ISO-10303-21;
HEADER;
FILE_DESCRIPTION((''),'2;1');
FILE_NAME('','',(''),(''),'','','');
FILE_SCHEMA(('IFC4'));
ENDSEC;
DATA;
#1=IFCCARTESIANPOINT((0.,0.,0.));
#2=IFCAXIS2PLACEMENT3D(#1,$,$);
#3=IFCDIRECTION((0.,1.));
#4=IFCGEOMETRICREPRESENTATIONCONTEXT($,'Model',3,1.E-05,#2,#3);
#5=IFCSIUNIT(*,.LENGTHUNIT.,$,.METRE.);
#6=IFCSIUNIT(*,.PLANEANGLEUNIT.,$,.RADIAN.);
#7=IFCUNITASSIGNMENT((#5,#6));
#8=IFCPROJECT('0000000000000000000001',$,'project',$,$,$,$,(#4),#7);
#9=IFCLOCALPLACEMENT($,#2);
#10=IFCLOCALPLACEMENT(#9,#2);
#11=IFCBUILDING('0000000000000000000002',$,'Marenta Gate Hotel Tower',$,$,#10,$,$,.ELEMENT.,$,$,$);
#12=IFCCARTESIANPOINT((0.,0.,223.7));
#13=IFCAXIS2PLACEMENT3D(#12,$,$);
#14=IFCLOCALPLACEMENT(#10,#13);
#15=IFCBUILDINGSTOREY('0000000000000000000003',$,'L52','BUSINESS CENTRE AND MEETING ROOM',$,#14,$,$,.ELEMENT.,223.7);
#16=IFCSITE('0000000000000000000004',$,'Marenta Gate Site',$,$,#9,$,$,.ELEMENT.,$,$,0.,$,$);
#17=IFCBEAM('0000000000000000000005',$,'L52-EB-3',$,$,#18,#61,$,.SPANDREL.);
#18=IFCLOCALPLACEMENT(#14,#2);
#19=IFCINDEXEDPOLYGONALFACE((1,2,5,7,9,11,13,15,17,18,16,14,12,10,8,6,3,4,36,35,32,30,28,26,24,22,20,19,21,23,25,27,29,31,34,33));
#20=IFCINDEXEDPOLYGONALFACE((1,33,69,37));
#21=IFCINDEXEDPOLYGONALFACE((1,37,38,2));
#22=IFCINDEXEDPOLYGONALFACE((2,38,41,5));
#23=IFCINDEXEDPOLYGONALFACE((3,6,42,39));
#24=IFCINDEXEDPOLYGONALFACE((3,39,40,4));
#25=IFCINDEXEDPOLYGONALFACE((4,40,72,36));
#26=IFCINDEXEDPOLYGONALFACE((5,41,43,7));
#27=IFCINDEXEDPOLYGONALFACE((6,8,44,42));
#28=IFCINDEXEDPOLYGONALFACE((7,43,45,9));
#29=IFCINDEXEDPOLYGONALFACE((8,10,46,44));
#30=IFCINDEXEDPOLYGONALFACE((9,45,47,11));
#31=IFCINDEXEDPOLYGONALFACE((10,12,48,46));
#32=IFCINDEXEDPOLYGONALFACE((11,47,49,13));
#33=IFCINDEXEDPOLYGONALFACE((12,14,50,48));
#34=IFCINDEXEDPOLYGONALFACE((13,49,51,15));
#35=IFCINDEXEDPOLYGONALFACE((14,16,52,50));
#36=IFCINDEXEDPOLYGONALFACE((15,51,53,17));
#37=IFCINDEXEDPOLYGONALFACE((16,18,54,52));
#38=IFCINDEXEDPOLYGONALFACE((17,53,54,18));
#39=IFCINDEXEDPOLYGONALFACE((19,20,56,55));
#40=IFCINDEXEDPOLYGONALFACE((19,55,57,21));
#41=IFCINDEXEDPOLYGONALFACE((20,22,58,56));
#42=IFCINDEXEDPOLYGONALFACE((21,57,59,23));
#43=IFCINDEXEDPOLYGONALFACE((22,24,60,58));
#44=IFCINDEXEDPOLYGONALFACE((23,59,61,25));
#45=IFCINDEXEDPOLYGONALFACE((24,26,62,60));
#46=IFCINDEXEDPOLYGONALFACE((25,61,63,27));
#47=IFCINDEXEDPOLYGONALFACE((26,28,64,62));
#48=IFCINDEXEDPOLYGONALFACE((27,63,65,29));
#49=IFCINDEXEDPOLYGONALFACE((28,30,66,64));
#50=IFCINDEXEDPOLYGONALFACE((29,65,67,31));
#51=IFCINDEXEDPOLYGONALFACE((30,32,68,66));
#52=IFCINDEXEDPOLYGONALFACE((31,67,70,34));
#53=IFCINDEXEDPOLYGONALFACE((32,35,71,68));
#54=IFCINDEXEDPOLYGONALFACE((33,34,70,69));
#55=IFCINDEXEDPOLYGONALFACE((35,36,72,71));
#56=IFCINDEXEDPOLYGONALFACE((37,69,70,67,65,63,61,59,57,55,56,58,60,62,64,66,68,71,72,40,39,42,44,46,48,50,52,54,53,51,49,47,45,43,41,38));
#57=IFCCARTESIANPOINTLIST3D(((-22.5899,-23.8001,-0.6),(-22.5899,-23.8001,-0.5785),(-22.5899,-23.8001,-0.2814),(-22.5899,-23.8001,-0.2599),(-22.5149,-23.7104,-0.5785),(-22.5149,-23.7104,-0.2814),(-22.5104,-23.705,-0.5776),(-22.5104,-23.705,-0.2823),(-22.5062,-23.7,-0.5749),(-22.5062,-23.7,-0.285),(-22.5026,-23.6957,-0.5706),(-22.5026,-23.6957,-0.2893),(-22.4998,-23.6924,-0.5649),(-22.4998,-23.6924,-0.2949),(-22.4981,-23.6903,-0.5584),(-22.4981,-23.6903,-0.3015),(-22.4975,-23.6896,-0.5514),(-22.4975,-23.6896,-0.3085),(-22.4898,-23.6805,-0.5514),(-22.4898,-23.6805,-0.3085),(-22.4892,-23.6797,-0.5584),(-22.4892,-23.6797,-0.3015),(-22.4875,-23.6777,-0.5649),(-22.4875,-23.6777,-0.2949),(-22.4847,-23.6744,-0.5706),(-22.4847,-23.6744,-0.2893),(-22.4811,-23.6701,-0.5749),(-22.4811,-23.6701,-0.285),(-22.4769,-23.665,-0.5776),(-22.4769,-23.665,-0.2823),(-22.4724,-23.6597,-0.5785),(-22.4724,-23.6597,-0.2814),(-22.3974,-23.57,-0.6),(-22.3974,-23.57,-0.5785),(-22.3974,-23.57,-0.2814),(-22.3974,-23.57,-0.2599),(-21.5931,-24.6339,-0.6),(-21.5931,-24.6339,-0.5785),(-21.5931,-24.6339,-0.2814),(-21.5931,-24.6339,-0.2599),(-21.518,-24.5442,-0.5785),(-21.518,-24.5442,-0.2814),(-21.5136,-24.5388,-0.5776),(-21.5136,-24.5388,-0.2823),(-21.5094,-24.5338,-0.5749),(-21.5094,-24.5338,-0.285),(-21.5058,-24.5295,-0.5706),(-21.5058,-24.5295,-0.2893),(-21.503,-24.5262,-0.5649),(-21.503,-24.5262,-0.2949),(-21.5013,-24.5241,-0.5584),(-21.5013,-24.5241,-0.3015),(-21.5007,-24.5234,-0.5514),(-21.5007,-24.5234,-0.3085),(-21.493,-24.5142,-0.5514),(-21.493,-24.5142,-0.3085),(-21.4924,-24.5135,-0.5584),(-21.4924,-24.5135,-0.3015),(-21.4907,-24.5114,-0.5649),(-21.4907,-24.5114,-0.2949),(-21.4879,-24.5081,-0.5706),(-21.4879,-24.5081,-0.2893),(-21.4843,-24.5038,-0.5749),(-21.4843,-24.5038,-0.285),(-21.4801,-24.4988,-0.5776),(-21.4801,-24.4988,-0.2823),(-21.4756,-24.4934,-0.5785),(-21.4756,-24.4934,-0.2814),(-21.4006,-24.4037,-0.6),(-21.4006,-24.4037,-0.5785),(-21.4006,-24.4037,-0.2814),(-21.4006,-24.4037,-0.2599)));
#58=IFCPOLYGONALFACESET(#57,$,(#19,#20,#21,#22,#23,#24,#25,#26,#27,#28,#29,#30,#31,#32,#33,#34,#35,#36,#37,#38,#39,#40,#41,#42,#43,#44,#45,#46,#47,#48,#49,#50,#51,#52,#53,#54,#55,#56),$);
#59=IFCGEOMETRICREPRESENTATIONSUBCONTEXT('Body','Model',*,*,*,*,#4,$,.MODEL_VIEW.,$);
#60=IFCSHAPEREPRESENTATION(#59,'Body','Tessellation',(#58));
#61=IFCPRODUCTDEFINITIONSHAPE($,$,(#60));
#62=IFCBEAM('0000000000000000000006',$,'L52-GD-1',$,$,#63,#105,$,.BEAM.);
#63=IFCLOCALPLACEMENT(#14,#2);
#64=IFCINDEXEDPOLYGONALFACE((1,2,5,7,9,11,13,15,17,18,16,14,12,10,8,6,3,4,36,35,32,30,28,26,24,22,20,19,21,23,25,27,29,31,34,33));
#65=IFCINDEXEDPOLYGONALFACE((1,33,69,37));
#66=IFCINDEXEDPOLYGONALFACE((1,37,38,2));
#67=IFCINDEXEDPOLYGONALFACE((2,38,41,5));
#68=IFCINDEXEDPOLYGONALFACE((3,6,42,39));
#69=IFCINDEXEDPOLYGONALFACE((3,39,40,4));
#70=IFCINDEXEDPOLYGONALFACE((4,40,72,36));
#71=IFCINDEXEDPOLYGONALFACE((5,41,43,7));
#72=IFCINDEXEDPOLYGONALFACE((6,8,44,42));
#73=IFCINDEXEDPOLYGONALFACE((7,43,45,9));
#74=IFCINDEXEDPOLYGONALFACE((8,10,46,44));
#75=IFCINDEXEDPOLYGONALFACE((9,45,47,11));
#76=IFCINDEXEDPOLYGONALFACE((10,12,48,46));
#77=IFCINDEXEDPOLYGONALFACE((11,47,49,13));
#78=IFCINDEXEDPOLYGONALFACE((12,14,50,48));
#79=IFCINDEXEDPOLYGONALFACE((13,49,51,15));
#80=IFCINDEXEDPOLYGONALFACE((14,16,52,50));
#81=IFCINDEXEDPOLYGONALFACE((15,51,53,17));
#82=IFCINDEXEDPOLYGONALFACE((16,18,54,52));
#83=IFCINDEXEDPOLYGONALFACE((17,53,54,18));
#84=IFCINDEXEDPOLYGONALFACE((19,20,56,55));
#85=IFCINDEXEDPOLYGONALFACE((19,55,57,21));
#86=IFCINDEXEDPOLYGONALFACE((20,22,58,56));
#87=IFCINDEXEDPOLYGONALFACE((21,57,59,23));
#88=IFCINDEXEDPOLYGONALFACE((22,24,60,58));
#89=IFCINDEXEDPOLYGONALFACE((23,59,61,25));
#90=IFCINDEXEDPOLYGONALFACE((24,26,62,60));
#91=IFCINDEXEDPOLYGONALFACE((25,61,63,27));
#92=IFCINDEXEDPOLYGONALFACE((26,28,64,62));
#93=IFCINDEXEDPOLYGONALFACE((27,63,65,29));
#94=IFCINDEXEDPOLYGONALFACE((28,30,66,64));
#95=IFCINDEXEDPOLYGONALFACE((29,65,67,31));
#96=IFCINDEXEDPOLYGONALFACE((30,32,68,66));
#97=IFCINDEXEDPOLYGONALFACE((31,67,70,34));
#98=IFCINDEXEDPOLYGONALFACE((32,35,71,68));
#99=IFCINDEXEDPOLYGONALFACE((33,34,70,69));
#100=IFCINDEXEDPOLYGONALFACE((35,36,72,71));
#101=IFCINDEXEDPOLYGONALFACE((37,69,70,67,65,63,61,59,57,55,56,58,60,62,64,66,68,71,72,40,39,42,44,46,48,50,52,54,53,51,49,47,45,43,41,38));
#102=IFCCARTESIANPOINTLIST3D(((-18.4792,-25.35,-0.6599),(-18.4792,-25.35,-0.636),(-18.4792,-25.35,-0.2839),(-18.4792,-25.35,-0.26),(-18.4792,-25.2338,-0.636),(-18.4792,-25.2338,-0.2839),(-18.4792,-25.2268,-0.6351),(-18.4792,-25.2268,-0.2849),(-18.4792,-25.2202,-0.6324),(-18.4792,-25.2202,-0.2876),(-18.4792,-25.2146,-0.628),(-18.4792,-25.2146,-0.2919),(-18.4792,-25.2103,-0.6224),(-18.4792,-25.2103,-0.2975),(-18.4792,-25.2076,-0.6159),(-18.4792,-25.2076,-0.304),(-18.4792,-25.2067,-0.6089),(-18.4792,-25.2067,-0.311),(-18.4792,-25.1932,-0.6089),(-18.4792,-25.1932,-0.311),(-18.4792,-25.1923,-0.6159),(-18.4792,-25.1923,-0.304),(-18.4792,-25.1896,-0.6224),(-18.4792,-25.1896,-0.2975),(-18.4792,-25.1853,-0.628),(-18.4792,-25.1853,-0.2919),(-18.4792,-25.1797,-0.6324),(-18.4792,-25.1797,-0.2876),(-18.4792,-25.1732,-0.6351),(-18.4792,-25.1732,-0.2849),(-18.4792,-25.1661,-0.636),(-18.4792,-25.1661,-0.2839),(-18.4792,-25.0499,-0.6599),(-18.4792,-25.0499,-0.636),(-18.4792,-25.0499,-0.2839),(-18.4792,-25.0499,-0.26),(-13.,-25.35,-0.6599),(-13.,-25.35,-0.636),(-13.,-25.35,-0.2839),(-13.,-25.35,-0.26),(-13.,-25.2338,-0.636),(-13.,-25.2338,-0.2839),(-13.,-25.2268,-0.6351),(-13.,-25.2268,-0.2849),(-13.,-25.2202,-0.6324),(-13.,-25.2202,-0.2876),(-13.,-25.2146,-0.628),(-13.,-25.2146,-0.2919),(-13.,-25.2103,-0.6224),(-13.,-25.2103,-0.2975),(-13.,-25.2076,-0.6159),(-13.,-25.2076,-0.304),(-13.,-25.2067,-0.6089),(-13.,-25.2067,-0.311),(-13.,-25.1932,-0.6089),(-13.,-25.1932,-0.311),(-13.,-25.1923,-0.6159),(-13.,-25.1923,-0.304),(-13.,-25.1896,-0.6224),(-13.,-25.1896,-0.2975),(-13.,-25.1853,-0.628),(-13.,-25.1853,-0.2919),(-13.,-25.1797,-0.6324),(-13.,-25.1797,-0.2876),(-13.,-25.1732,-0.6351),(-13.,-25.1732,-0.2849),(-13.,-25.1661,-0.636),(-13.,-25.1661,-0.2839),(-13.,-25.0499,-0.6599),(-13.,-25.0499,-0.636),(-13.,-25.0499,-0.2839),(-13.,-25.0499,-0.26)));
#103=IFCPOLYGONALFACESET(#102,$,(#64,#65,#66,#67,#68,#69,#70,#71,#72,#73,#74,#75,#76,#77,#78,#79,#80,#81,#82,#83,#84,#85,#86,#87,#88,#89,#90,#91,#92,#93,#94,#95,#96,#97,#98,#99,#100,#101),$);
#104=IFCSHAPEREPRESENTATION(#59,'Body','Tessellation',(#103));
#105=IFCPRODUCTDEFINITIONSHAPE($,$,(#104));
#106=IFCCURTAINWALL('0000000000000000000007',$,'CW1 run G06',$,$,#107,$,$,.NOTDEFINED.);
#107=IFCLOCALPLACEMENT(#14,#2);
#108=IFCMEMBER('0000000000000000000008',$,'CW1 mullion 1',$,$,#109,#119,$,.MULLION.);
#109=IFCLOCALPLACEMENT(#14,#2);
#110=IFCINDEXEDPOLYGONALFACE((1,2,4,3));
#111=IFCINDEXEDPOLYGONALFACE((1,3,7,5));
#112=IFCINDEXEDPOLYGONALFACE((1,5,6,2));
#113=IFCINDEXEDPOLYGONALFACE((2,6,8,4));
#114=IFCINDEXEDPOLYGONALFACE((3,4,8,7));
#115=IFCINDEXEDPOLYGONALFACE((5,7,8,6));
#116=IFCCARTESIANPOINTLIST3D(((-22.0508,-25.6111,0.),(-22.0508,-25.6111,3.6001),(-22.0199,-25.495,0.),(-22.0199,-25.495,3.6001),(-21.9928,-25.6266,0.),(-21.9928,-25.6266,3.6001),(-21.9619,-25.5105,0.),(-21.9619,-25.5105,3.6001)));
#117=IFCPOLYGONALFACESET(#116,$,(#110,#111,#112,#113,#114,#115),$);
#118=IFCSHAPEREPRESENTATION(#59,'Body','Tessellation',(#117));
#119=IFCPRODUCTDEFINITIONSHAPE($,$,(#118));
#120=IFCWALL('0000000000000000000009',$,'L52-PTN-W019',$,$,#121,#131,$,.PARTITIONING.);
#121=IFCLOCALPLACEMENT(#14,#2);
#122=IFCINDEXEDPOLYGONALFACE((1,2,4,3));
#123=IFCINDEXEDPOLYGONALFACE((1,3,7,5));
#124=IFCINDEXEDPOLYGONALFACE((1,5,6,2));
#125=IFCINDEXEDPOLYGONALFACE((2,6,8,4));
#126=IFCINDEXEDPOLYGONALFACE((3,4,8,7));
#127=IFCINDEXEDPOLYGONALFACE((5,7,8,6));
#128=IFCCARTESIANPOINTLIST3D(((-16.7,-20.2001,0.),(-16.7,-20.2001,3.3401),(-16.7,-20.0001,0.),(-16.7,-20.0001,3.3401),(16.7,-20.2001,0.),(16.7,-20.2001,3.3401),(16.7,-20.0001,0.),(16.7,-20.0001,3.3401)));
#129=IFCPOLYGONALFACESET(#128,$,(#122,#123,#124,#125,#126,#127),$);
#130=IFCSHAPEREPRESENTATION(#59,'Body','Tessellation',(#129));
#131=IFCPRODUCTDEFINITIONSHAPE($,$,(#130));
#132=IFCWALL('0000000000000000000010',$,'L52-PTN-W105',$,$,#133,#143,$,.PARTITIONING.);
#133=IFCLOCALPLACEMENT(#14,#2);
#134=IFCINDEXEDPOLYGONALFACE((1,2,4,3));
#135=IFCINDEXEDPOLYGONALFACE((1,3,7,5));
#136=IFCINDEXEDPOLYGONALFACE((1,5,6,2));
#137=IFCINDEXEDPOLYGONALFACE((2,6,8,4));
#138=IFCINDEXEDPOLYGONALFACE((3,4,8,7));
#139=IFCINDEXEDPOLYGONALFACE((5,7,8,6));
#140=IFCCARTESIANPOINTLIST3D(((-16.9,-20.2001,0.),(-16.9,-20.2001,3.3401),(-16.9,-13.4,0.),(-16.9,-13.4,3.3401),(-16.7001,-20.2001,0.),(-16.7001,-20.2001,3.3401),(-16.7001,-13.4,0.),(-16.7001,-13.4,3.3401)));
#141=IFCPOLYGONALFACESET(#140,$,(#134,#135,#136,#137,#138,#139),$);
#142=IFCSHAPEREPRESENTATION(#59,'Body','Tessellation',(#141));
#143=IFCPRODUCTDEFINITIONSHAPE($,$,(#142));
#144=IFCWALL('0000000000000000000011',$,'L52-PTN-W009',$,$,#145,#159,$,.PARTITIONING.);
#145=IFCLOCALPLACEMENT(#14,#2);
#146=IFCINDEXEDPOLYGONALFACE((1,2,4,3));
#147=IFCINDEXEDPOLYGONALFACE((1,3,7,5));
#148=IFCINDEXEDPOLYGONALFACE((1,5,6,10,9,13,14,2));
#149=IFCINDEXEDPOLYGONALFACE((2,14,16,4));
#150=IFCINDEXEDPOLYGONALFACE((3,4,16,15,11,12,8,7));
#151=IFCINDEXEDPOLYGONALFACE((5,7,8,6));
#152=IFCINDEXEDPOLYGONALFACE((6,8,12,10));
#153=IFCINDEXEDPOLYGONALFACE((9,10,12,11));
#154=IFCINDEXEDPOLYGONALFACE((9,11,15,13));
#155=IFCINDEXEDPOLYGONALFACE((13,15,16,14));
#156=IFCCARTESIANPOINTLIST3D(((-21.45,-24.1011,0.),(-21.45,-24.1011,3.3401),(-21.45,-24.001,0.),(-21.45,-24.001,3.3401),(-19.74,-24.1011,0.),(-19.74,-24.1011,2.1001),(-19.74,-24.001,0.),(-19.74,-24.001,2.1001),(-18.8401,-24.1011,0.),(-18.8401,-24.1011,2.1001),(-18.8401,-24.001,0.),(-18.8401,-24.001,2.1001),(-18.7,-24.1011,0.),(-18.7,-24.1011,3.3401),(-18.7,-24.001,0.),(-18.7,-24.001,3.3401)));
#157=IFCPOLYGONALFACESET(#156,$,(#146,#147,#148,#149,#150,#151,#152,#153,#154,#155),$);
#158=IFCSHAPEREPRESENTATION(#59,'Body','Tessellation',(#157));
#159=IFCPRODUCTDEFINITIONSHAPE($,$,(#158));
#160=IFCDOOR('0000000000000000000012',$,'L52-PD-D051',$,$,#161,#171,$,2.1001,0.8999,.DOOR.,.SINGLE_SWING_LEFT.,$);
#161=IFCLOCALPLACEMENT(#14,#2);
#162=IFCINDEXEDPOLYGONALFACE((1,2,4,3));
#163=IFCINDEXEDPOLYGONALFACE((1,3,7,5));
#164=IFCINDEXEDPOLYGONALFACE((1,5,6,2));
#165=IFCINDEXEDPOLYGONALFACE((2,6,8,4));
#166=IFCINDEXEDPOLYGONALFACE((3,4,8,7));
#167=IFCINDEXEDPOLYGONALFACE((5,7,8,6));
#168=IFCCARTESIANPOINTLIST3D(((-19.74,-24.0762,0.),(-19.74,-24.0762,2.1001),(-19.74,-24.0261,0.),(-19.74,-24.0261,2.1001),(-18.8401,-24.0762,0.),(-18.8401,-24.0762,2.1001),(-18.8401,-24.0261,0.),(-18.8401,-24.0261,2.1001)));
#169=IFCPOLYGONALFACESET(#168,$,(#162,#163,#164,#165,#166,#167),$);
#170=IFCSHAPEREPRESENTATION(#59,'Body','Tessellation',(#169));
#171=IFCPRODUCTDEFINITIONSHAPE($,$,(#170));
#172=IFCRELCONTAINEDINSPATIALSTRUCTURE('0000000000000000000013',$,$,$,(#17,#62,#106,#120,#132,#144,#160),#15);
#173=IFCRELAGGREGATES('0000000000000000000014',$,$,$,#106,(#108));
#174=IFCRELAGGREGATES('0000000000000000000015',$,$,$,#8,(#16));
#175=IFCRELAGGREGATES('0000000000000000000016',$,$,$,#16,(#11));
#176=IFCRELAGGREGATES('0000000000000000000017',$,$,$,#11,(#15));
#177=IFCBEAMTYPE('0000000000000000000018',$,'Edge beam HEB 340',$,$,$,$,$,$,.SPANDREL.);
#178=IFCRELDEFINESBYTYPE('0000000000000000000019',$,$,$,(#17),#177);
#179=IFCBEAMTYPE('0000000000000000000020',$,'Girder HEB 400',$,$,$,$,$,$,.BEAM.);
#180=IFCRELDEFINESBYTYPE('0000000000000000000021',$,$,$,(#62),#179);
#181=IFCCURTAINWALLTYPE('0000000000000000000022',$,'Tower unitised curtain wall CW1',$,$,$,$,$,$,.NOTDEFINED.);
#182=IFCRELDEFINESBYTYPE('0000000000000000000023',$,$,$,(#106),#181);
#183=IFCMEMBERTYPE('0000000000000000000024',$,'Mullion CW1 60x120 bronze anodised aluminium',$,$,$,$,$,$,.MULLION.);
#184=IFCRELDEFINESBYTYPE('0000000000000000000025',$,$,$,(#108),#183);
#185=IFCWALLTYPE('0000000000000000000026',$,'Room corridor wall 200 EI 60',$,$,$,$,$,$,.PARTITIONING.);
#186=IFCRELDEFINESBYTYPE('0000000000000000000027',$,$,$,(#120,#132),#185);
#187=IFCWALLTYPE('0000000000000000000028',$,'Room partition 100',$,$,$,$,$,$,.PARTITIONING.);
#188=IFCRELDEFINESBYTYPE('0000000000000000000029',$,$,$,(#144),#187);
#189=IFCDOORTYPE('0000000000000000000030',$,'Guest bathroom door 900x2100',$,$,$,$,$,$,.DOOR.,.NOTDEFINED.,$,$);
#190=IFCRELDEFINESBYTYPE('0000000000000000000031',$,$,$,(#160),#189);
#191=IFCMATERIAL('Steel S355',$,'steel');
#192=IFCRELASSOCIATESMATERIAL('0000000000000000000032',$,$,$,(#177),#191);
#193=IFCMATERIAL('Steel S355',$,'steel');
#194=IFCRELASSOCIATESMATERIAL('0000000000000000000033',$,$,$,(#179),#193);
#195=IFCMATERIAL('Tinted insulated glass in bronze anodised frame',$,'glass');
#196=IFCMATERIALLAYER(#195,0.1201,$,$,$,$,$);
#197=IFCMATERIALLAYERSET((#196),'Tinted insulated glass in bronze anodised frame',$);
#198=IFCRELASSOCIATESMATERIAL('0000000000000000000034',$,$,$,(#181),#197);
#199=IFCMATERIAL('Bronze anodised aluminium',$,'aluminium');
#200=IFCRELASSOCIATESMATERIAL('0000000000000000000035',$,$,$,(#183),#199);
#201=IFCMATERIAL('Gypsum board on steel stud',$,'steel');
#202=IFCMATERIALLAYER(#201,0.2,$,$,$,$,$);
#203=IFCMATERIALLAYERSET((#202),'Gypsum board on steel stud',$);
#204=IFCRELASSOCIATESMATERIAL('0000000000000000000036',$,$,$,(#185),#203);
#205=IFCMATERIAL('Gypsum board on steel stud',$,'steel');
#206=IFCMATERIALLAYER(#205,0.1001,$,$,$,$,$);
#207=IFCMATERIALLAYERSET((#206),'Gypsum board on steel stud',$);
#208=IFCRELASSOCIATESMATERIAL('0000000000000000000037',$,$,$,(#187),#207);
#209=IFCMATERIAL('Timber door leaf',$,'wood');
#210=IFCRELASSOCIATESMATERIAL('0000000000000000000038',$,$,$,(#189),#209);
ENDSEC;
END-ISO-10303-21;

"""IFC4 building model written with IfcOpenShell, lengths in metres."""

from ifc_helpers import new_model, si_unit, direction, frame, frame_2d, origin, origin_2d, place, context, subcontext, project, spatial, rectangle, i_section, extrude, material, layer, layer_set, material_profile, profile_set, type_object, element, fill, aggregate, save


model = new_model("IFC4")

# Units and contexts
model_context = context("Model", 3, precision=1e-05, world=origin(), true_north=direction((0.0, 1.0)))
body_context = subcontext(model_context, "Body", "Model", "MODEL_VIEW")
ifc_project = project(units=[si_unit("LENGTHUNIT", "METRE"), si_unit("PLANEANGLEUNIT", "RADIAN")], contexts=[model_context])

# Site, building, storey
site_placement = place(None, origin())
site = spatial("IfcSite", under=ifc_project, at=site_placement, Name="Marenta Gate Site", CompositionType="ELEMENT", RefElevation=0.0)
building_placement = place(site_placement, origin())
building = spatial("IfcBuilding", under=site, at=building_placement, Name="Marenta Gate Hotel Tower", CompositionType="ELEMENT")
storey_placement = place(building_placement, frame((0.0, 0.0, 223.7)))
storey = spatial("IfcBuildingStorey", under=building, at=storey_placement, Name="L52", Description="BUSINESS CENTRE AND MEETING ROOM", CompositionType="ELEMENT", Elevation=223.7)

# Beams
ifc_material_1 = material(Name="Steel S355", Category="steel")
ifc_material_profile_1 = material_profile(ifc_material_1, i_section(OverallWidth=0.3, OverallDepth=0.3401, WebThickness=0.012, FlangeThickness=0.0215, FilletRadius=0.0271, at=origin_2d()), Name="HEB 340")
ifc_profile_set_1 = profile_set([ifc_material_profile_1], Name="Steel S355")
beam_type_1 = type_object("IfcBeamType", Name="Edge beam HEB 340", PredefinedType="SPANDREL", material=ifc_profile_set_1)
beam_1_placement = place(storey_placement, frame((-21.4968, -24.5188, -0.4299), z_axis=(-0.767065, 0.641569, 0.0), x_axis=(-0.641569, -0.767065, 0.0)))
element("IfcBeam", 1, at=beam_1_placement, inside=storey, type_object=beam_type_1, Name="L52-EB-3", PredefinedType="SPANDREL", context=body_context, shape_type="SweptSolid", body=[
    extrude(i_section(OverallWidth=0.3, OverallDepth=0.3401, WebThickness=0.012, FlangeThickness=0.0215, FilletRadius=0.0271, at=origin_2d()), origin(), (0.0, 0.0, 1.0), 1.2996),
])
ifc_material_2 = material(Name="Steel S355", Category="steel")
ifc_material_profile_2 = material_profile(ifc_material_2, i_section(OverallWidth=0.3, OverallDepth=0.3999, WebThickness=0.0134, FlangeThickness=0.0239, FilletRadius=0.0271, at=origin_2d()), Name="HEB 400")
ifc_profile_set_2 = profile_set([ifc_material_profile_2], Name="Steel S355")
beam_type_2 = type_object("IfcBeamType", Name="Girder HEB 400", PredefinedType="BEAM", material=ifc_profile_set_2)
beam_2_placement = place(storey_placement, frame((-18.4792, -25.2, -0.46), z_axis=(1.0, 0.0, 0.0), x_axis=(0.0, 1.0, 0.0)))
element("IfcBeam", 2, at=beam_2_placement, inside=storey, type_object=beam_type_2, Name="L52-GD-1", PredefinedType="BEAM", context=body_context, shape_type="SweptSolid", body=[
    extrude(i_section(OverallWidth=0.3, OverallDepth=0.3999, WebThickness=0.0134, FlangeThickness=0.0239, FilletRadius=0.0271, at=origin_2d()), origin(), (0.0, 0.0, 1.0), 5.4792),
])

# Curtain wall, member
ifc_material_3 = material(Name="Tinted insulated glass in bronze anodised frame", Category="glass")
ifc_layer_1 = layer(ifc_material_3, 0.1201)
ifc_layer_set_1 = layer_set([ifc_layer_1], Name="Tinted insulated glass in bronze anodised frame")
curtain_wall_type = type_object("IfcCurtainWallType", Name="Tower unitised curtain wall CW1", PredefinedType="NOTDEFINED", material=ifc_layer_set_1)
curtain_wall_placement = place(storey_placement, origin())
curtain_wall = element("IfcCurtainWall", 3, at=curtain_wall_placement, inside=storey, type_object=curtain_wall_type, Name="CW1 run G06", PredefinedType="NOTDEFINED")
ifc_material_4 = material(Name="Bronze anodised aluminium", Category="aluminium")
ifc_material_profile_3 = material_profile(ifc_material_4, rectangle(XDim=0.1201, YDim=0.0601, at=origin_2d()), Name="Mullion CW1 60x120 bronze anodised aluminium")
ifc_profile_set_3 = profile_set([ifc_material_profile_3], Name="Bronze anodised aluminium")
member_type = type_object("IfcMemberType", Name="Mullion CW1 60x120 bronze anodised aluminium", PredefinedType="MULLION", material=ifc_profile_set_3)
member_placement = place(storey_placement, frame((-22.0063, -25.5608, 0.0), z_axis=(0.0, 0.0, 1.0), x_axis=(0.257139, 0.966374, 0.0)))
member = element("IfcMember", 4, at=member_placement, type_object=member_type, Name="CW1 mullion 1", PredefinedType="MULLION", context=body_context, shape_type="SweptSolid", body=[
    extrude(rectangle(XDim=0.1201, YDim=0.0601, at=origin_2d()), origin(), (0.0, 0.0, 1.0), 3.6001),
])
aggregate(curtain_wall, [member])

# Shared definitions
ifc_material_5 = material(Name="Gypsum board on steel stud", Category="steel")
ifc_layer_2 = layer(ifc_material_5, 0.2)
ifc_layer_set_2 = layer_set([ifc_layer_2], Name="Gypsum board on steel stud")
wall_type_1 = type_object("IfcWallType", Name="Room corridor wall 200 EI 60", PredefinedType="PARTITIONING", material=ifc_layer_set_2)

# Walls
wall_1_placement = place(storey_placement, frame((-16.7, -20.1001, 0.0), z_axis=(0.0, 0.0, 1.0), x_axis=(1.0, 0.0, 0.0)))
element("IfcWall", 5, at=wall_1_placement, inside=storey, type_object=wall_type_1, Name="L52-PTN-W019", PredefinedType="PARTITIONING", context=body_context, shape_type="SweptSolid", body=[
    extrude(rectangle(XDim=33.3999, YDim=0.2, at=frame_2d((16.7, 0.0))), origin(), (0.0, 0.0, 1.0), 3.3401),
])
wall_2_placement = place(storey_placement, frame((-16.8, -20.2, 0.0), z_axis=(0.0, 0.0, 1.0), x_axis=(0.0, 1.0, 0.0)))
element("IfcWall", 6, at=wall_2_placement, inside=storey, type_object=wall_type_1, Name="L52-PTN-W105", PredefinedType="PARTITIONING", context=body_context, shape_type="SweptSolid", body=[
    extrude(rectangle(XDim=6.8, YDim=0.2, at=frame_2d((3.3999, 0.0))), origin(), (0.0, 0.0, 1.0), 3.3401),
])

# Wall, opening, door
ifc_material_6 = material(Name="Gypsum board on steel stud", Category="steel")
ifc_layer_3 = layer(ifc_material_6, 0.1001)
ifc_layer_set_3 = layer_set([ifc_layer_3], Name="Gypsum board on steel stud")
wall_type_2 = type_object("IfcWallType", Name="Room partition 100", PredefinedType="PARTITIONING", material=ifc_layer_set_3)
wall_3_placement = place(storey_placement, frame((-21.45, -24.051, 0.0), z_axis=(0.0, 0.0, 1.0), x_axis=(1.0, 0.0, 0.0)))
wall_3 = element("IfcWall", 7, at=wall_3_placement, inside=storey, type_object=wall_type_2, Name="L52-PTN-W009", PredefinedType="PARTITIONING", context=body_context, shape_type="SweptSolid", body=[
    extrude(rectangle(XDim=2.75, YDim=0.1001, at=frame_2d((1.375, 0.0))), origin(), (0.0, 0.0, 1.0), 3.3401),
])
opening_1_placement = place(wall_3_placement, frame((1.71, 0.0, 0.0)))
opening_1 = element("IfcOpeningElement", 8, at=opening_1_placement, cuts=wall_3, PredefinedType="OPENING", context=body_context, shape_type="SweptSolid", body=[
    extrude(rectangle(XDim=0.8999, YDim=2.1001, at=frame_2d((0.45, 1.05))), frame((0.0, 0.05, 0.0), z_axis=(0.0, -1.0, 0.0), x_axis=(1.0, 0.0, 0.0)), (0.0, 0.0, 1.0), 0.1001),
])
ifc_material_7 = material(Name="Timber door leaf", Category="wood")
door_type_1 = type_object("IfcDoorType", Name="Guest bathroom door 900x2100", OperationType="NOTDEFINED", PredefinedType="DOOR", material=ifc_material_7)
door_1_placement = place(opening_1_placement, origin())
door_1 = element("IfcDoor", 9, at=door_1_placement, inside=storey, type_object=door_type_1, Name="L52-PD-D051", OperationType="SINGLE_SWING_LEFT", OverallHeight=2.1001, OverallWidth=0.8999, PredefinedType="DOOR", context=body_context, shape_type="SweptSolid", body=[
    extrude(rectangle(XDim=0.8999, YDim=2.1001, at=frame_2d((0.45, 1.05))), frame((0.0, 0.0249, 0.0), z_axis=(0.0, -1.0, 0.0), x_axis=(1.0, 0.0, 0.0)), (0.0, 0.0, 1.0), 0.05),
])
fill(opening_1, door_1)

save(model, "model.ifc")
